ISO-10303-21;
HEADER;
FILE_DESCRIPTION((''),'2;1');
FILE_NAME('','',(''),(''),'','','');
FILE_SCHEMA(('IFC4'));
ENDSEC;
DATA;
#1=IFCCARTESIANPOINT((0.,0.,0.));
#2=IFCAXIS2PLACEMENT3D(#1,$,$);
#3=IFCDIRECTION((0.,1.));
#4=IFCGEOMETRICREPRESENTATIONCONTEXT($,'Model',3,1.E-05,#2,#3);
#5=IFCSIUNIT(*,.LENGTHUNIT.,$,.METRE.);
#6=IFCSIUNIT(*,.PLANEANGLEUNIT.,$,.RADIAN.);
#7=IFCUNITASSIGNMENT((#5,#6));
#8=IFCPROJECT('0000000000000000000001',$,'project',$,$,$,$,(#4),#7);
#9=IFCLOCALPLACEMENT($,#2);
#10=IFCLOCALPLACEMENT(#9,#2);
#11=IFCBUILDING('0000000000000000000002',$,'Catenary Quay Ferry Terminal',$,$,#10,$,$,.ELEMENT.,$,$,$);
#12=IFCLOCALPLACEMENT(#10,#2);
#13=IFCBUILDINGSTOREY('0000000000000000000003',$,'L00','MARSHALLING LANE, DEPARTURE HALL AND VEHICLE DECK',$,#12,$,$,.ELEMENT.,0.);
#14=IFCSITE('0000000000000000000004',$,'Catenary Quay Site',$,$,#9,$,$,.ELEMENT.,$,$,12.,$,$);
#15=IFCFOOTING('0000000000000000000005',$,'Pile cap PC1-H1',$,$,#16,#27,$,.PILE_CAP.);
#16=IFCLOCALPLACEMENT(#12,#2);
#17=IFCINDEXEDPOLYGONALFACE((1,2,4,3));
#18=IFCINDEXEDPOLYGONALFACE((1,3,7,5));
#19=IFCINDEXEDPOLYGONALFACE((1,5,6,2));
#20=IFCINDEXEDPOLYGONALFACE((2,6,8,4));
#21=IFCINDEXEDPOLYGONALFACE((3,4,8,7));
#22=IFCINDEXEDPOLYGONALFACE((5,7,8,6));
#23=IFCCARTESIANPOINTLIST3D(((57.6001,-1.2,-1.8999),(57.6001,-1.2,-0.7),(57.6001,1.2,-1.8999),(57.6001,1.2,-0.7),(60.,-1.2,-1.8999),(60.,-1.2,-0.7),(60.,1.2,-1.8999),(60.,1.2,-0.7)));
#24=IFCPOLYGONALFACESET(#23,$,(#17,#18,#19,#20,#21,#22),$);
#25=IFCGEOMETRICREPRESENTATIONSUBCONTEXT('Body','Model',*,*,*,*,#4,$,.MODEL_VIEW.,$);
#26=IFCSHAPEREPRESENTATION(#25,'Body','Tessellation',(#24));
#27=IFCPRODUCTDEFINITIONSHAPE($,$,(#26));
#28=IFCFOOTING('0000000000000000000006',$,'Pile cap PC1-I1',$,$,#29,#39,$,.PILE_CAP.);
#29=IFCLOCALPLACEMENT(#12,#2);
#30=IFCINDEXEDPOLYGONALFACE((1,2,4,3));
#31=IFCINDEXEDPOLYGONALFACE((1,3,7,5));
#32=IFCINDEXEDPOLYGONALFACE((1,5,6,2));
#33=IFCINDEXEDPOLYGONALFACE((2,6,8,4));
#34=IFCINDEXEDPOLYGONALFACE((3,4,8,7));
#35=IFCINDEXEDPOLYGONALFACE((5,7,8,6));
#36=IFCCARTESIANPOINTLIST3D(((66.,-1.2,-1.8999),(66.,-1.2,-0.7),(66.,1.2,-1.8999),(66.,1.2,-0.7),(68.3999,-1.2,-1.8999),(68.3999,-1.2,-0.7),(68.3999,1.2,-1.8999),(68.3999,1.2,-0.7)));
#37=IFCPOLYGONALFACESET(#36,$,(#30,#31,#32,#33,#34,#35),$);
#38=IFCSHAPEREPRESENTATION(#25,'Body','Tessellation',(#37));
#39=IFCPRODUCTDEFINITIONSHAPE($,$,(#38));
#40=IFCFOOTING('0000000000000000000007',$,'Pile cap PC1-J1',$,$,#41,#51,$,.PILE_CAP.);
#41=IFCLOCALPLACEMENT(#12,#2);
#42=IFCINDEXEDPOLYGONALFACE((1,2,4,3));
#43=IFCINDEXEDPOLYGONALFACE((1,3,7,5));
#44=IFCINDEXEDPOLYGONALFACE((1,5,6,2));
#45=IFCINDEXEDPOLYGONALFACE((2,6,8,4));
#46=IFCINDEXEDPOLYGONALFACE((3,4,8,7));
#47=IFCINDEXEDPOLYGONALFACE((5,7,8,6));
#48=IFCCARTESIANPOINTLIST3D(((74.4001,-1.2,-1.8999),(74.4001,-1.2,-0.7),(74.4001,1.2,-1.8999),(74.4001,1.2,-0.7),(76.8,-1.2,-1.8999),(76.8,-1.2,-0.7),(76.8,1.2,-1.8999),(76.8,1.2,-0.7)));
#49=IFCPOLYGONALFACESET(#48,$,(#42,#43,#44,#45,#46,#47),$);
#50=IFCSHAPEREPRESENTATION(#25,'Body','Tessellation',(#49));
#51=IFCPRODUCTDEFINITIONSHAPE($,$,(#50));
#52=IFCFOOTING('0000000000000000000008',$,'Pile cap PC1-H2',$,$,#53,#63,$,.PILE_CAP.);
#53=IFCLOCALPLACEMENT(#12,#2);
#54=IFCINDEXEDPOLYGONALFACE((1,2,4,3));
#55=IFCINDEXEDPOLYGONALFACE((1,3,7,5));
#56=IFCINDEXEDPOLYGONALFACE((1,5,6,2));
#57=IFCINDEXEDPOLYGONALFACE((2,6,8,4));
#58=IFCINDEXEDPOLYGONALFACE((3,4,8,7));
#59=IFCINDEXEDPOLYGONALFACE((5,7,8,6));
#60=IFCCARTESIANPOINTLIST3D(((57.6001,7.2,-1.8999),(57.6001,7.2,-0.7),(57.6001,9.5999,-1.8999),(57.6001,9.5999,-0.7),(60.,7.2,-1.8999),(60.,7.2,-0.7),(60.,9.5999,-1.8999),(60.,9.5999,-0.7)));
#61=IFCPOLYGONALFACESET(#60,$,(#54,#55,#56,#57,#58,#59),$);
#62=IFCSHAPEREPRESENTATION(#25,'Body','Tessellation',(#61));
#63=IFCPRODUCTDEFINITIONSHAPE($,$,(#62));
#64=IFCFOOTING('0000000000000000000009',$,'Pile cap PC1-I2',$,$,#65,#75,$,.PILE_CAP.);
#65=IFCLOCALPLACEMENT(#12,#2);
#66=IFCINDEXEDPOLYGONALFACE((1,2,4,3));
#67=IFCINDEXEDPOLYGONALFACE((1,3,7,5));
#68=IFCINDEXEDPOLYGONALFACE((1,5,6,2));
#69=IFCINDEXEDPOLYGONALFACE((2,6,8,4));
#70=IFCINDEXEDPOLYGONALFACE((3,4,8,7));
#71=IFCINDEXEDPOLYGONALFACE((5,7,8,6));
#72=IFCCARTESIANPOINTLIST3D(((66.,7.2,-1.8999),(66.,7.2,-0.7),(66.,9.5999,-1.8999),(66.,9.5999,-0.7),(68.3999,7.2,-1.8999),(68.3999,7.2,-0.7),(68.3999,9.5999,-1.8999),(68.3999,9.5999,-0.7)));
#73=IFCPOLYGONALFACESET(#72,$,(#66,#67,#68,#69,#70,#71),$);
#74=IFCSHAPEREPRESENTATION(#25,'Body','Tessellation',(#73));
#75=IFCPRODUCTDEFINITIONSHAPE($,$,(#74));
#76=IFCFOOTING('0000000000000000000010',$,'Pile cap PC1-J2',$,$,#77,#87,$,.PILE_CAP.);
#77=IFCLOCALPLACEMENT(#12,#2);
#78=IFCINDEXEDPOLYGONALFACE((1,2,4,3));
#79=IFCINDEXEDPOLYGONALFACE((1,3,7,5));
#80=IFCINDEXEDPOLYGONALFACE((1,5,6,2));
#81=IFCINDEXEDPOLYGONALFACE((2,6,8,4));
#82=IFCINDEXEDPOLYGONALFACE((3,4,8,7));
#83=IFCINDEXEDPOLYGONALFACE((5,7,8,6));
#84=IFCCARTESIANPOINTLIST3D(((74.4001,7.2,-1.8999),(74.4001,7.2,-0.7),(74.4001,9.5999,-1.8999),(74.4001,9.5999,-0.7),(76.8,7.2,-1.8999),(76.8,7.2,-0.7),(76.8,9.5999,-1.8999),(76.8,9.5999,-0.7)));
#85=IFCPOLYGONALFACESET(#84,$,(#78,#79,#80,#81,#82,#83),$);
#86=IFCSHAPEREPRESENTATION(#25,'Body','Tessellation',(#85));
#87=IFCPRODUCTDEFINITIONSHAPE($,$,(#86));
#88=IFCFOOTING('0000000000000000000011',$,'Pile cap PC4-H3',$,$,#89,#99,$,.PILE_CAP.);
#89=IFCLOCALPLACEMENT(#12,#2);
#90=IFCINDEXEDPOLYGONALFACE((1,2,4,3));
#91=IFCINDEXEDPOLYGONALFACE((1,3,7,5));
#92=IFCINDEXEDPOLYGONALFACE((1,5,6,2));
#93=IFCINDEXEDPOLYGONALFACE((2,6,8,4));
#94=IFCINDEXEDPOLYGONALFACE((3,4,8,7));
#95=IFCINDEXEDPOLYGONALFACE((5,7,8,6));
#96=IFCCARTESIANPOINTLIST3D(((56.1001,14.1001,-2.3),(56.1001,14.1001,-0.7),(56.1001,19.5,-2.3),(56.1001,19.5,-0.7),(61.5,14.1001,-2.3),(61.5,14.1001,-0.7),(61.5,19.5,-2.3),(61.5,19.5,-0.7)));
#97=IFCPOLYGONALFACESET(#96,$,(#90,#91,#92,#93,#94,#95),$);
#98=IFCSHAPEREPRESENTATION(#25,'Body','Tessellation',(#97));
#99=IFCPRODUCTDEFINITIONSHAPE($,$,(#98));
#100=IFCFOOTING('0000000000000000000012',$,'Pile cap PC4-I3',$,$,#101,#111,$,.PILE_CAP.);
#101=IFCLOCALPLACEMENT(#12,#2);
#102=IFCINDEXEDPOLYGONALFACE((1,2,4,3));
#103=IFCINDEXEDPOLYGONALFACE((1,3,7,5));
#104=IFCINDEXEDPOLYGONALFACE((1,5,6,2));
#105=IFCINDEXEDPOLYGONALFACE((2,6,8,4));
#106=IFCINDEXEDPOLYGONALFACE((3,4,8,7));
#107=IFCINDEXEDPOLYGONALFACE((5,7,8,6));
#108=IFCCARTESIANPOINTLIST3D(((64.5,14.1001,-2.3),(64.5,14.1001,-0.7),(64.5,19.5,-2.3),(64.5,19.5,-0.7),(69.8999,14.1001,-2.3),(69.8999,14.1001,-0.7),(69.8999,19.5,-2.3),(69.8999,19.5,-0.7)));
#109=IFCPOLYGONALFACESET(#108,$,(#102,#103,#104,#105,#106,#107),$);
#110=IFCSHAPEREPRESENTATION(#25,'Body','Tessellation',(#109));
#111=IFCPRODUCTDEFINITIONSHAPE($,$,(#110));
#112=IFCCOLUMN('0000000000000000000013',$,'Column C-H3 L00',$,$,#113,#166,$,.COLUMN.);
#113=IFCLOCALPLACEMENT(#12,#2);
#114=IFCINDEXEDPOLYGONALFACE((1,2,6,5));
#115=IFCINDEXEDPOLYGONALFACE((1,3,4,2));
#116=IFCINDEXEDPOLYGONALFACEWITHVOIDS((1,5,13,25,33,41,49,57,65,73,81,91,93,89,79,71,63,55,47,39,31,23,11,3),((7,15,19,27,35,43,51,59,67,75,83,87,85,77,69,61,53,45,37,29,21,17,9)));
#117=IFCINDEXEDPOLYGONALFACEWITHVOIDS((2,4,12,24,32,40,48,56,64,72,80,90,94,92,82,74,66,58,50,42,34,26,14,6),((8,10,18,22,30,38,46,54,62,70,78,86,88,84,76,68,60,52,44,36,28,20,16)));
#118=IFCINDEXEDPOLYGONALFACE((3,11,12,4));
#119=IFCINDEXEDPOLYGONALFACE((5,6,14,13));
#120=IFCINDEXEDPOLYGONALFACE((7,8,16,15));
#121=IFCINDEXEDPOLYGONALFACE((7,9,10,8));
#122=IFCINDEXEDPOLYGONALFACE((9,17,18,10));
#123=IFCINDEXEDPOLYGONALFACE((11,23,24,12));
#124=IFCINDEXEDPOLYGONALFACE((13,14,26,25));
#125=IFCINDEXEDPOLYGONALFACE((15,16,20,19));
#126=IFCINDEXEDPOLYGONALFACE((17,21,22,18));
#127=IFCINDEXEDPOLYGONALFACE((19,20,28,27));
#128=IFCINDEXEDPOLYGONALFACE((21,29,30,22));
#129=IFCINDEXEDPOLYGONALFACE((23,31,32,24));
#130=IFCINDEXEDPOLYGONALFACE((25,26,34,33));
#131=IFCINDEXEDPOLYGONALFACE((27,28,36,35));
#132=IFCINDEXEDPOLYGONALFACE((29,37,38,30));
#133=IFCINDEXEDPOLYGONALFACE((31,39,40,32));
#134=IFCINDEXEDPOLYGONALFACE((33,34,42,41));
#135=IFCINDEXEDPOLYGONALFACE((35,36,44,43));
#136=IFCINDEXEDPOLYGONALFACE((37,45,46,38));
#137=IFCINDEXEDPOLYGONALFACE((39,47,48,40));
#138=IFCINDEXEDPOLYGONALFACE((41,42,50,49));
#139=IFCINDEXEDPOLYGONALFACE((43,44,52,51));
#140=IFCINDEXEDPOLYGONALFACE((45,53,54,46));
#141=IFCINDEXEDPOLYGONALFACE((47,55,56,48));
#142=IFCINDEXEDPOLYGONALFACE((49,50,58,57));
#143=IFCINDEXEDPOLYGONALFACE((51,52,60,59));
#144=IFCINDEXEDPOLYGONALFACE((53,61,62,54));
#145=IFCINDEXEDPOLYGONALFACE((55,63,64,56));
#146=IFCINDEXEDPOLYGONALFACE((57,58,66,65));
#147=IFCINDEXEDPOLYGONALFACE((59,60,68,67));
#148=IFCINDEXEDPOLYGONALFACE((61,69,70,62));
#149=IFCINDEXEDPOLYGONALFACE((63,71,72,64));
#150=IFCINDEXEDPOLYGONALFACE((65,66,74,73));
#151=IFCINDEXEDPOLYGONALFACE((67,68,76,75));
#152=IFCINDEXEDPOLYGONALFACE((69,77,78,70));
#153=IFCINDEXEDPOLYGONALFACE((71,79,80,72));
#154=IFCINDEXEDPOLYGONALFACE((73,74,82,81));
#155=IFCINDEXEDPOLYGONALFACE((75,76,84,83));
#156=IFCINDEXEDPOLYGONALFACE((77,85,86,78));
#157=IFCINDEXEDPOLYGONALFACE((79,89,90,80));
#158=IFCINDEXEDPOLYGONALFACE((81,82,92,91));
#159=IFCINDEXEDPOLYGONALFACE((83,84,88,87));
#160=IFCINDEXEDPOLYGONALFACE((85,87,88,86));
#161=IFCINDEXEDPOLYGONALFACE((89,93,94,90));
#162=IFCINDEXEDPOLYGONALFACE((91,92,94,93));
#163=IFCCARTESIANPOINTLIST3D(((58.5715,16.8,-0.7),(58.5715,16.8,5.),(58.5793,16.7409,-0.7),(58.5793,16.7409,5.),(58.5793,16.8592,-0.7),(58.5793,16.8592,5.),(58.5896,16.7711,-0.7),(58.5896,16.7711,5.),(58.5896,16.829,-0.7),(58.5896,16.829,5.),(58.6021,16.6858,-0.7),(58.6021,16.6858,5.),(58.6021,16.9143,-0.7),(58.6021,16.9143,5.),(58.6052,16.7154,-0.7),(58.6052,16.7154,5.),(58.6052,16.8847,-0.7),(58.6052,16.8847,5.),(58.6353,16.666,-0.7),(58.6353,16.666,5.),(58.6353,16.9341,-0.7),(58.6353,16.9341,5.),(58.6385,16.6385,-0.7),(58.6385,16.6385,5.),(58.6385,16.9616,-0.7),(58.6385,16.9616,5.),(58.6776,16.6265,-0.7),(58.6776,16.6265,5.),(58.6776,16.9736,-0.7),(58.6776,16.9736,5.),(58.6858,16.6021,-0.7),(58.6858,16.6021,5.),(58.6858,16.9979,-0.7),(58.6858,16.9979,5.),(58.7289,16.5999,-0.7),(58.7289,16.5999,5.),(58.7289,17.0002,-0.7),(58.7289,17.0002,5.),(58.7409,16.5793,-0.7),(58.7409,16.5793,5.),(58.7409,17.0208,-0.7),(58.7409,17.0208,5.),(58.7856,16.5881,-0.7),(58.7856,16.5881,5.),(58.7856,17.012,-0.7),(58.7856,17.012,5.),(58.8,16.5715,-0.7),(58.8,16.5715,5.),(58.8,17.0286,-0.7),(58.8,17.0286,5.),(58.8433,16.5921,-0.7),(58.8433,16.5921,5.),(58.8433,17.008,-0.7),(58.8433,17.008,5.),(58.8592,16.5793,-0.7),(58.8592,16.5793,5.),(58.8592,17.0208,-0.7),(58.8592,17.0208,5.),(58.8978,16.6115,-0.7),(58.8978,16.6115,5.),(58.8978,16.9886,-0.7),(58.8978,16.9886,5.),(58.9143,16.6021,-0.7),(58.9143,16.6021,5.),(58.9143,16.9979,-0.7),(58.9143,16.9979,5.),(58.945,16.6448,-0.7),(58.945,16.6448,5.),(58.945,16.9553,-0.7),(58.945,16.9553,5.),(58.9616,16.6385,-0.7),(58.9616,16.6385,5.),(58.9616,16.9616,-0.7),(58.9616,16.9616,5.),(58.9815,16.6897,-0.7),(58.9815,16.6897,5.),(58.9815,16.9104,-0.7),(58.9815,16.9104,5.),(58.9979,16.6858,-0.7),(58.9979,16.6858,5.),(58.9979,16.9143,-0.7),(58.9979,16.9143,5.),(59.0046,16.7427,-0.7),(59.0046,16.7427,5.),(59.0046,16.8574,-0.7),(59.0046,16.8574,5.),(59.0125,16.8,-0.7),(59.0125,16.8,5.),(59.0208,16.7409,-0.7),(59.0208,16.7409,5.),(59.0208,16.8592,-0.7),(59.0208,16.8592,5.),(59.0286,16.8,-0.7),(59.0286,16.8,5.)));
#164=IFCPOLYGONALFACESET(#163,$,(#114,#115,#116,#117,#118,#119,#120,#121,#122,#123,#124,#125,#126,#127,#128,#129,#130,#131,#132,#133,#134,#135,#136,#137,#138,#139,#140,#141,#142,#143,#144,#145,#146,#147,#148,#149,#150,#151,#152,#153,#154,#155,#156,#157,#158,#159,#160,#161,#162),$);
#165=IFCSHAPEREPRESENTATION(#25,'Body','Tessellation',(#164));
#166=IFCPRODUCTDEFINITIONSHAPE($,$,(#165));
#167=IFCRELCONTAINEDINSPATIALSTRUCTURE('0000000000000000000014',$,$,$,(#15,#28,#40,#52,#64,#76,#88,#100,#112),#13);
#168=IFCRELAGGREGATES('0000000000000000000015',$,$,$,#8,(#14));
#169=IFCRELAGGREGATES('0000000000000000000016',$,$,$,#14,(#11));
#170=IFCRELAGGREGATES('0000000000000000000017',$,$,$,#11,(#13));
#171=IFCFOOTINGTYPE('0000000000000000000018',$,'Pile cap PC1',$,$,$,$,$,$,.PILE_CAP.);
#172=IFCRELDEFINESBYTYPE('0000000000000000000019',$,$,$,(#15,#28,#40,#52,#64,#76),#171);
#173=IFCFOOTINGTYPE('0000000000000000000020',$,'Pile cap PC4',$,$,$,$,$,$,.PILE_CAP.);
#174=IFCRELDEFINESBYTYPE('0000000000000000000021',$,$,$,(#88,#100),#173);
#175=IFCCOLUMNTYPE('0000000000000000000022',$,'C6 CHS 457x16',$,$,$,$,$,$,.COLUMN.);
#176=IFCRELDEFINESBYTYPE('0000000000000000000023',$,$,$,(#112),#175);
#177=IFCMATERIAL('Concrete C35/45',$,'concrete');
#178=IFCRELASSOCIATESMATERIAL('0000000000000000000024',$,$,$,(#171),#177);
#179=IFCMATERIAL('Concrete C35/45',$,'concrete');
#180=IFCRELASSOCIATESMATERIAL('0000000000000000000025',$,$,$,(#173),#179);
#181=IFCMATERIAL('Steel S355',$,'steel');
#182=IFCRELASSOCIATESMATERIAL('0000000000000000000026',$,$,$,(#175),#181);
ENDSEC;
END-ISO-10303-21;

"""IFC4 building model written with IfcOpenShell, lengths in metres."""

from ifc_helpers import new_model, si_unit, direction, frame, origin, origin_2d, place, context, subcontext, project, spatial, rectangle, hollow_circle, extrude, material, material_profile, profile_set, type_object, element, save


model = new_model("IFC4")

# Units and contexts
model_context = context("Model", 3, precision=1e-05, world=origin(), true_north=direction((0.0, 1.0)))
body_context = subcontext(model_context, "Body", "Model", "MODEL_VIEW")
ifc_project = project(units=[si_unit("LENGTHUNIT", "METRE"), si_unit("PLANEANGLEUNIT", "RADIAN")], contexts=[model_context])

# Site, building, storey
site_placement = place(None, origin())
site = spatial("IfcSite", under=ifc_project, at=site_placement, Name="Catenary Quay Site", CompositionType="ELEMENT", RefElevation=12.0)
building_placement = place(site_placement, origin())
building = spatial("IfcBuilding", under=site, at=building_placement, Name="Catenary Quay Ferry Terminal", CompositionType="ELEMENT")
storey_placement = place(building_placement, origin())
storey = spatial("IfcBuildingStorey", under=building, at=storey_placement, Name="L00", Description="MARSHALLING LANE, DEPARTURE HALL AND VEHICLE DECK", CompositionType="ELEMENT", Elevation=0.0)

# Footings
ifc_material_1 = material(Name="Concrete C35/45", Category="concrete")
footing_type_1 = type_object("IfcFootingType", Name="Pile cap PC1", PredefinedType="PILE_CAP", material=ifc_material_1)
for number, where, z_axis, x_axis, name in (
    (1, (58.8, 0.0, -1.8999), (0.0, 0.0, 1.0), (1.0, 0.0, 0.0), "Pile cap PC1-H1"),
    (2, (67.2, 0.0, -1.8999), (0.0, 0.0, 1.0), (1.0, 0.0, 0.0), "Pile cap PC1-I1"),
    (3, (75.6001, 0.0, -1.8999), (0.0, 0.0, 1.0), (1.0, 0.0, 0.0), "Pile cap PC1-J1"),
    (4, (58.8, 8.3999, -1.8999), (0.0, 0.0, 1.0), (1.0, 0.0, 0.0), "Pile cap PC1-H2"),
    (5, (67.2, 8.3999, -1.8999), (0.0, 0.0, 1.0), (1.0, 0.0, 0.0), "Pile cap PC1-I2"),
    (6, (75.6001, 8.3999, -1.8999), (0.0, 0.0, 1.0), (1.0, 0.0, 0.0), "Pile cap PC1-J2"),
):
    element("IfcFooting", number, at=place(storey_placement, frame(where, z_axis=z_axis, x_axis=x_axis)), inside=storey, type_object=footing_type_1, Name=name, PredefinedType="PILE_CAP", context=body_context, shape_type="SweptSolid", body=[
        extrude(rectangle(XDim=2.3999, YDim=2.3999, at=origin_2d()), origin(), (0.0, 0.0, 1.0), 1.2),
    ])
ifc_material_2 = material(Name="Concrete C35/45", Category="concrete")
footing_type_2 = type_object("IfcFootingType", Name="Pile cap PC4", PredefinedType="PILE_CAP", material=ifc_material_2)
for number, where, z_axis, x_axis, name in (
    (7, (58.8, 16.8, -2.3), (0.0, 0.0, 1.0), (1.0, 0.0, 0.0), "Pile cap PC4-H3"),
    (8, (67.2, 16.8, -2.3), (0.0, 0.0, 1.0), (1.0, 0.0, 0.0), "Pile cap PC4-I3"),
):
    element("IfcFooting", number, at=place(storey_placement, frame(where, z_axis=z_axis, x_axis=x_axis)), inside=storey, type_object=footing_type_2, Name=name, PredefinedType="PILE_CAP", context=body_context, shape_type="SweptSolid", body=[
        extrude(rectangle(XDim=5.3999, YDim=5.3999, at=origin_2d()), origin(), (0.0, 0.0, 1.0), 1.6001),
    ])

# Column
ifc_material_3 = material(Name="Steel S355", Category="steel")
ifc_material_profile_1 = material_profile(ifc_material_3, hollow_circle(Radius=0.2285, WallThickness=0.0161, at=origin_2d()), Name="CHS 457x16")
ifc_profile_set_1 = profile_set([ifc_material_profile_1], Name="Steel S355")
column_type = type_object("IfcColumnType", Name="C6 CHS 457x16", PredefinedType="COLUMN", material=ifc_profile_set_1)
for number, where, z_axis, x_axis, name in (
    (9, (58.8, 16.8, -0.7), (0.0, 0.0, 1.0), (1.0, 0.0, 0.0), "Column C-H3 L00"),
):
    element("IfcColumn", number, at=place(storey_placement, frame(where, z_axis=z_axis, x_axis=x_axis)), inside=storey, type_object=column_type, Name=name, PredefinedType="COLUMN", context=body_context, shape_type="SweptSolid", body=[
        extrude(hollow_circle(Radius=0.2285, WallThickness=0.0161, at=origin_2d()), origin(), (0.0, 0.0, 1.0), 5.7),
    ])

save(model, "model.ifc")
